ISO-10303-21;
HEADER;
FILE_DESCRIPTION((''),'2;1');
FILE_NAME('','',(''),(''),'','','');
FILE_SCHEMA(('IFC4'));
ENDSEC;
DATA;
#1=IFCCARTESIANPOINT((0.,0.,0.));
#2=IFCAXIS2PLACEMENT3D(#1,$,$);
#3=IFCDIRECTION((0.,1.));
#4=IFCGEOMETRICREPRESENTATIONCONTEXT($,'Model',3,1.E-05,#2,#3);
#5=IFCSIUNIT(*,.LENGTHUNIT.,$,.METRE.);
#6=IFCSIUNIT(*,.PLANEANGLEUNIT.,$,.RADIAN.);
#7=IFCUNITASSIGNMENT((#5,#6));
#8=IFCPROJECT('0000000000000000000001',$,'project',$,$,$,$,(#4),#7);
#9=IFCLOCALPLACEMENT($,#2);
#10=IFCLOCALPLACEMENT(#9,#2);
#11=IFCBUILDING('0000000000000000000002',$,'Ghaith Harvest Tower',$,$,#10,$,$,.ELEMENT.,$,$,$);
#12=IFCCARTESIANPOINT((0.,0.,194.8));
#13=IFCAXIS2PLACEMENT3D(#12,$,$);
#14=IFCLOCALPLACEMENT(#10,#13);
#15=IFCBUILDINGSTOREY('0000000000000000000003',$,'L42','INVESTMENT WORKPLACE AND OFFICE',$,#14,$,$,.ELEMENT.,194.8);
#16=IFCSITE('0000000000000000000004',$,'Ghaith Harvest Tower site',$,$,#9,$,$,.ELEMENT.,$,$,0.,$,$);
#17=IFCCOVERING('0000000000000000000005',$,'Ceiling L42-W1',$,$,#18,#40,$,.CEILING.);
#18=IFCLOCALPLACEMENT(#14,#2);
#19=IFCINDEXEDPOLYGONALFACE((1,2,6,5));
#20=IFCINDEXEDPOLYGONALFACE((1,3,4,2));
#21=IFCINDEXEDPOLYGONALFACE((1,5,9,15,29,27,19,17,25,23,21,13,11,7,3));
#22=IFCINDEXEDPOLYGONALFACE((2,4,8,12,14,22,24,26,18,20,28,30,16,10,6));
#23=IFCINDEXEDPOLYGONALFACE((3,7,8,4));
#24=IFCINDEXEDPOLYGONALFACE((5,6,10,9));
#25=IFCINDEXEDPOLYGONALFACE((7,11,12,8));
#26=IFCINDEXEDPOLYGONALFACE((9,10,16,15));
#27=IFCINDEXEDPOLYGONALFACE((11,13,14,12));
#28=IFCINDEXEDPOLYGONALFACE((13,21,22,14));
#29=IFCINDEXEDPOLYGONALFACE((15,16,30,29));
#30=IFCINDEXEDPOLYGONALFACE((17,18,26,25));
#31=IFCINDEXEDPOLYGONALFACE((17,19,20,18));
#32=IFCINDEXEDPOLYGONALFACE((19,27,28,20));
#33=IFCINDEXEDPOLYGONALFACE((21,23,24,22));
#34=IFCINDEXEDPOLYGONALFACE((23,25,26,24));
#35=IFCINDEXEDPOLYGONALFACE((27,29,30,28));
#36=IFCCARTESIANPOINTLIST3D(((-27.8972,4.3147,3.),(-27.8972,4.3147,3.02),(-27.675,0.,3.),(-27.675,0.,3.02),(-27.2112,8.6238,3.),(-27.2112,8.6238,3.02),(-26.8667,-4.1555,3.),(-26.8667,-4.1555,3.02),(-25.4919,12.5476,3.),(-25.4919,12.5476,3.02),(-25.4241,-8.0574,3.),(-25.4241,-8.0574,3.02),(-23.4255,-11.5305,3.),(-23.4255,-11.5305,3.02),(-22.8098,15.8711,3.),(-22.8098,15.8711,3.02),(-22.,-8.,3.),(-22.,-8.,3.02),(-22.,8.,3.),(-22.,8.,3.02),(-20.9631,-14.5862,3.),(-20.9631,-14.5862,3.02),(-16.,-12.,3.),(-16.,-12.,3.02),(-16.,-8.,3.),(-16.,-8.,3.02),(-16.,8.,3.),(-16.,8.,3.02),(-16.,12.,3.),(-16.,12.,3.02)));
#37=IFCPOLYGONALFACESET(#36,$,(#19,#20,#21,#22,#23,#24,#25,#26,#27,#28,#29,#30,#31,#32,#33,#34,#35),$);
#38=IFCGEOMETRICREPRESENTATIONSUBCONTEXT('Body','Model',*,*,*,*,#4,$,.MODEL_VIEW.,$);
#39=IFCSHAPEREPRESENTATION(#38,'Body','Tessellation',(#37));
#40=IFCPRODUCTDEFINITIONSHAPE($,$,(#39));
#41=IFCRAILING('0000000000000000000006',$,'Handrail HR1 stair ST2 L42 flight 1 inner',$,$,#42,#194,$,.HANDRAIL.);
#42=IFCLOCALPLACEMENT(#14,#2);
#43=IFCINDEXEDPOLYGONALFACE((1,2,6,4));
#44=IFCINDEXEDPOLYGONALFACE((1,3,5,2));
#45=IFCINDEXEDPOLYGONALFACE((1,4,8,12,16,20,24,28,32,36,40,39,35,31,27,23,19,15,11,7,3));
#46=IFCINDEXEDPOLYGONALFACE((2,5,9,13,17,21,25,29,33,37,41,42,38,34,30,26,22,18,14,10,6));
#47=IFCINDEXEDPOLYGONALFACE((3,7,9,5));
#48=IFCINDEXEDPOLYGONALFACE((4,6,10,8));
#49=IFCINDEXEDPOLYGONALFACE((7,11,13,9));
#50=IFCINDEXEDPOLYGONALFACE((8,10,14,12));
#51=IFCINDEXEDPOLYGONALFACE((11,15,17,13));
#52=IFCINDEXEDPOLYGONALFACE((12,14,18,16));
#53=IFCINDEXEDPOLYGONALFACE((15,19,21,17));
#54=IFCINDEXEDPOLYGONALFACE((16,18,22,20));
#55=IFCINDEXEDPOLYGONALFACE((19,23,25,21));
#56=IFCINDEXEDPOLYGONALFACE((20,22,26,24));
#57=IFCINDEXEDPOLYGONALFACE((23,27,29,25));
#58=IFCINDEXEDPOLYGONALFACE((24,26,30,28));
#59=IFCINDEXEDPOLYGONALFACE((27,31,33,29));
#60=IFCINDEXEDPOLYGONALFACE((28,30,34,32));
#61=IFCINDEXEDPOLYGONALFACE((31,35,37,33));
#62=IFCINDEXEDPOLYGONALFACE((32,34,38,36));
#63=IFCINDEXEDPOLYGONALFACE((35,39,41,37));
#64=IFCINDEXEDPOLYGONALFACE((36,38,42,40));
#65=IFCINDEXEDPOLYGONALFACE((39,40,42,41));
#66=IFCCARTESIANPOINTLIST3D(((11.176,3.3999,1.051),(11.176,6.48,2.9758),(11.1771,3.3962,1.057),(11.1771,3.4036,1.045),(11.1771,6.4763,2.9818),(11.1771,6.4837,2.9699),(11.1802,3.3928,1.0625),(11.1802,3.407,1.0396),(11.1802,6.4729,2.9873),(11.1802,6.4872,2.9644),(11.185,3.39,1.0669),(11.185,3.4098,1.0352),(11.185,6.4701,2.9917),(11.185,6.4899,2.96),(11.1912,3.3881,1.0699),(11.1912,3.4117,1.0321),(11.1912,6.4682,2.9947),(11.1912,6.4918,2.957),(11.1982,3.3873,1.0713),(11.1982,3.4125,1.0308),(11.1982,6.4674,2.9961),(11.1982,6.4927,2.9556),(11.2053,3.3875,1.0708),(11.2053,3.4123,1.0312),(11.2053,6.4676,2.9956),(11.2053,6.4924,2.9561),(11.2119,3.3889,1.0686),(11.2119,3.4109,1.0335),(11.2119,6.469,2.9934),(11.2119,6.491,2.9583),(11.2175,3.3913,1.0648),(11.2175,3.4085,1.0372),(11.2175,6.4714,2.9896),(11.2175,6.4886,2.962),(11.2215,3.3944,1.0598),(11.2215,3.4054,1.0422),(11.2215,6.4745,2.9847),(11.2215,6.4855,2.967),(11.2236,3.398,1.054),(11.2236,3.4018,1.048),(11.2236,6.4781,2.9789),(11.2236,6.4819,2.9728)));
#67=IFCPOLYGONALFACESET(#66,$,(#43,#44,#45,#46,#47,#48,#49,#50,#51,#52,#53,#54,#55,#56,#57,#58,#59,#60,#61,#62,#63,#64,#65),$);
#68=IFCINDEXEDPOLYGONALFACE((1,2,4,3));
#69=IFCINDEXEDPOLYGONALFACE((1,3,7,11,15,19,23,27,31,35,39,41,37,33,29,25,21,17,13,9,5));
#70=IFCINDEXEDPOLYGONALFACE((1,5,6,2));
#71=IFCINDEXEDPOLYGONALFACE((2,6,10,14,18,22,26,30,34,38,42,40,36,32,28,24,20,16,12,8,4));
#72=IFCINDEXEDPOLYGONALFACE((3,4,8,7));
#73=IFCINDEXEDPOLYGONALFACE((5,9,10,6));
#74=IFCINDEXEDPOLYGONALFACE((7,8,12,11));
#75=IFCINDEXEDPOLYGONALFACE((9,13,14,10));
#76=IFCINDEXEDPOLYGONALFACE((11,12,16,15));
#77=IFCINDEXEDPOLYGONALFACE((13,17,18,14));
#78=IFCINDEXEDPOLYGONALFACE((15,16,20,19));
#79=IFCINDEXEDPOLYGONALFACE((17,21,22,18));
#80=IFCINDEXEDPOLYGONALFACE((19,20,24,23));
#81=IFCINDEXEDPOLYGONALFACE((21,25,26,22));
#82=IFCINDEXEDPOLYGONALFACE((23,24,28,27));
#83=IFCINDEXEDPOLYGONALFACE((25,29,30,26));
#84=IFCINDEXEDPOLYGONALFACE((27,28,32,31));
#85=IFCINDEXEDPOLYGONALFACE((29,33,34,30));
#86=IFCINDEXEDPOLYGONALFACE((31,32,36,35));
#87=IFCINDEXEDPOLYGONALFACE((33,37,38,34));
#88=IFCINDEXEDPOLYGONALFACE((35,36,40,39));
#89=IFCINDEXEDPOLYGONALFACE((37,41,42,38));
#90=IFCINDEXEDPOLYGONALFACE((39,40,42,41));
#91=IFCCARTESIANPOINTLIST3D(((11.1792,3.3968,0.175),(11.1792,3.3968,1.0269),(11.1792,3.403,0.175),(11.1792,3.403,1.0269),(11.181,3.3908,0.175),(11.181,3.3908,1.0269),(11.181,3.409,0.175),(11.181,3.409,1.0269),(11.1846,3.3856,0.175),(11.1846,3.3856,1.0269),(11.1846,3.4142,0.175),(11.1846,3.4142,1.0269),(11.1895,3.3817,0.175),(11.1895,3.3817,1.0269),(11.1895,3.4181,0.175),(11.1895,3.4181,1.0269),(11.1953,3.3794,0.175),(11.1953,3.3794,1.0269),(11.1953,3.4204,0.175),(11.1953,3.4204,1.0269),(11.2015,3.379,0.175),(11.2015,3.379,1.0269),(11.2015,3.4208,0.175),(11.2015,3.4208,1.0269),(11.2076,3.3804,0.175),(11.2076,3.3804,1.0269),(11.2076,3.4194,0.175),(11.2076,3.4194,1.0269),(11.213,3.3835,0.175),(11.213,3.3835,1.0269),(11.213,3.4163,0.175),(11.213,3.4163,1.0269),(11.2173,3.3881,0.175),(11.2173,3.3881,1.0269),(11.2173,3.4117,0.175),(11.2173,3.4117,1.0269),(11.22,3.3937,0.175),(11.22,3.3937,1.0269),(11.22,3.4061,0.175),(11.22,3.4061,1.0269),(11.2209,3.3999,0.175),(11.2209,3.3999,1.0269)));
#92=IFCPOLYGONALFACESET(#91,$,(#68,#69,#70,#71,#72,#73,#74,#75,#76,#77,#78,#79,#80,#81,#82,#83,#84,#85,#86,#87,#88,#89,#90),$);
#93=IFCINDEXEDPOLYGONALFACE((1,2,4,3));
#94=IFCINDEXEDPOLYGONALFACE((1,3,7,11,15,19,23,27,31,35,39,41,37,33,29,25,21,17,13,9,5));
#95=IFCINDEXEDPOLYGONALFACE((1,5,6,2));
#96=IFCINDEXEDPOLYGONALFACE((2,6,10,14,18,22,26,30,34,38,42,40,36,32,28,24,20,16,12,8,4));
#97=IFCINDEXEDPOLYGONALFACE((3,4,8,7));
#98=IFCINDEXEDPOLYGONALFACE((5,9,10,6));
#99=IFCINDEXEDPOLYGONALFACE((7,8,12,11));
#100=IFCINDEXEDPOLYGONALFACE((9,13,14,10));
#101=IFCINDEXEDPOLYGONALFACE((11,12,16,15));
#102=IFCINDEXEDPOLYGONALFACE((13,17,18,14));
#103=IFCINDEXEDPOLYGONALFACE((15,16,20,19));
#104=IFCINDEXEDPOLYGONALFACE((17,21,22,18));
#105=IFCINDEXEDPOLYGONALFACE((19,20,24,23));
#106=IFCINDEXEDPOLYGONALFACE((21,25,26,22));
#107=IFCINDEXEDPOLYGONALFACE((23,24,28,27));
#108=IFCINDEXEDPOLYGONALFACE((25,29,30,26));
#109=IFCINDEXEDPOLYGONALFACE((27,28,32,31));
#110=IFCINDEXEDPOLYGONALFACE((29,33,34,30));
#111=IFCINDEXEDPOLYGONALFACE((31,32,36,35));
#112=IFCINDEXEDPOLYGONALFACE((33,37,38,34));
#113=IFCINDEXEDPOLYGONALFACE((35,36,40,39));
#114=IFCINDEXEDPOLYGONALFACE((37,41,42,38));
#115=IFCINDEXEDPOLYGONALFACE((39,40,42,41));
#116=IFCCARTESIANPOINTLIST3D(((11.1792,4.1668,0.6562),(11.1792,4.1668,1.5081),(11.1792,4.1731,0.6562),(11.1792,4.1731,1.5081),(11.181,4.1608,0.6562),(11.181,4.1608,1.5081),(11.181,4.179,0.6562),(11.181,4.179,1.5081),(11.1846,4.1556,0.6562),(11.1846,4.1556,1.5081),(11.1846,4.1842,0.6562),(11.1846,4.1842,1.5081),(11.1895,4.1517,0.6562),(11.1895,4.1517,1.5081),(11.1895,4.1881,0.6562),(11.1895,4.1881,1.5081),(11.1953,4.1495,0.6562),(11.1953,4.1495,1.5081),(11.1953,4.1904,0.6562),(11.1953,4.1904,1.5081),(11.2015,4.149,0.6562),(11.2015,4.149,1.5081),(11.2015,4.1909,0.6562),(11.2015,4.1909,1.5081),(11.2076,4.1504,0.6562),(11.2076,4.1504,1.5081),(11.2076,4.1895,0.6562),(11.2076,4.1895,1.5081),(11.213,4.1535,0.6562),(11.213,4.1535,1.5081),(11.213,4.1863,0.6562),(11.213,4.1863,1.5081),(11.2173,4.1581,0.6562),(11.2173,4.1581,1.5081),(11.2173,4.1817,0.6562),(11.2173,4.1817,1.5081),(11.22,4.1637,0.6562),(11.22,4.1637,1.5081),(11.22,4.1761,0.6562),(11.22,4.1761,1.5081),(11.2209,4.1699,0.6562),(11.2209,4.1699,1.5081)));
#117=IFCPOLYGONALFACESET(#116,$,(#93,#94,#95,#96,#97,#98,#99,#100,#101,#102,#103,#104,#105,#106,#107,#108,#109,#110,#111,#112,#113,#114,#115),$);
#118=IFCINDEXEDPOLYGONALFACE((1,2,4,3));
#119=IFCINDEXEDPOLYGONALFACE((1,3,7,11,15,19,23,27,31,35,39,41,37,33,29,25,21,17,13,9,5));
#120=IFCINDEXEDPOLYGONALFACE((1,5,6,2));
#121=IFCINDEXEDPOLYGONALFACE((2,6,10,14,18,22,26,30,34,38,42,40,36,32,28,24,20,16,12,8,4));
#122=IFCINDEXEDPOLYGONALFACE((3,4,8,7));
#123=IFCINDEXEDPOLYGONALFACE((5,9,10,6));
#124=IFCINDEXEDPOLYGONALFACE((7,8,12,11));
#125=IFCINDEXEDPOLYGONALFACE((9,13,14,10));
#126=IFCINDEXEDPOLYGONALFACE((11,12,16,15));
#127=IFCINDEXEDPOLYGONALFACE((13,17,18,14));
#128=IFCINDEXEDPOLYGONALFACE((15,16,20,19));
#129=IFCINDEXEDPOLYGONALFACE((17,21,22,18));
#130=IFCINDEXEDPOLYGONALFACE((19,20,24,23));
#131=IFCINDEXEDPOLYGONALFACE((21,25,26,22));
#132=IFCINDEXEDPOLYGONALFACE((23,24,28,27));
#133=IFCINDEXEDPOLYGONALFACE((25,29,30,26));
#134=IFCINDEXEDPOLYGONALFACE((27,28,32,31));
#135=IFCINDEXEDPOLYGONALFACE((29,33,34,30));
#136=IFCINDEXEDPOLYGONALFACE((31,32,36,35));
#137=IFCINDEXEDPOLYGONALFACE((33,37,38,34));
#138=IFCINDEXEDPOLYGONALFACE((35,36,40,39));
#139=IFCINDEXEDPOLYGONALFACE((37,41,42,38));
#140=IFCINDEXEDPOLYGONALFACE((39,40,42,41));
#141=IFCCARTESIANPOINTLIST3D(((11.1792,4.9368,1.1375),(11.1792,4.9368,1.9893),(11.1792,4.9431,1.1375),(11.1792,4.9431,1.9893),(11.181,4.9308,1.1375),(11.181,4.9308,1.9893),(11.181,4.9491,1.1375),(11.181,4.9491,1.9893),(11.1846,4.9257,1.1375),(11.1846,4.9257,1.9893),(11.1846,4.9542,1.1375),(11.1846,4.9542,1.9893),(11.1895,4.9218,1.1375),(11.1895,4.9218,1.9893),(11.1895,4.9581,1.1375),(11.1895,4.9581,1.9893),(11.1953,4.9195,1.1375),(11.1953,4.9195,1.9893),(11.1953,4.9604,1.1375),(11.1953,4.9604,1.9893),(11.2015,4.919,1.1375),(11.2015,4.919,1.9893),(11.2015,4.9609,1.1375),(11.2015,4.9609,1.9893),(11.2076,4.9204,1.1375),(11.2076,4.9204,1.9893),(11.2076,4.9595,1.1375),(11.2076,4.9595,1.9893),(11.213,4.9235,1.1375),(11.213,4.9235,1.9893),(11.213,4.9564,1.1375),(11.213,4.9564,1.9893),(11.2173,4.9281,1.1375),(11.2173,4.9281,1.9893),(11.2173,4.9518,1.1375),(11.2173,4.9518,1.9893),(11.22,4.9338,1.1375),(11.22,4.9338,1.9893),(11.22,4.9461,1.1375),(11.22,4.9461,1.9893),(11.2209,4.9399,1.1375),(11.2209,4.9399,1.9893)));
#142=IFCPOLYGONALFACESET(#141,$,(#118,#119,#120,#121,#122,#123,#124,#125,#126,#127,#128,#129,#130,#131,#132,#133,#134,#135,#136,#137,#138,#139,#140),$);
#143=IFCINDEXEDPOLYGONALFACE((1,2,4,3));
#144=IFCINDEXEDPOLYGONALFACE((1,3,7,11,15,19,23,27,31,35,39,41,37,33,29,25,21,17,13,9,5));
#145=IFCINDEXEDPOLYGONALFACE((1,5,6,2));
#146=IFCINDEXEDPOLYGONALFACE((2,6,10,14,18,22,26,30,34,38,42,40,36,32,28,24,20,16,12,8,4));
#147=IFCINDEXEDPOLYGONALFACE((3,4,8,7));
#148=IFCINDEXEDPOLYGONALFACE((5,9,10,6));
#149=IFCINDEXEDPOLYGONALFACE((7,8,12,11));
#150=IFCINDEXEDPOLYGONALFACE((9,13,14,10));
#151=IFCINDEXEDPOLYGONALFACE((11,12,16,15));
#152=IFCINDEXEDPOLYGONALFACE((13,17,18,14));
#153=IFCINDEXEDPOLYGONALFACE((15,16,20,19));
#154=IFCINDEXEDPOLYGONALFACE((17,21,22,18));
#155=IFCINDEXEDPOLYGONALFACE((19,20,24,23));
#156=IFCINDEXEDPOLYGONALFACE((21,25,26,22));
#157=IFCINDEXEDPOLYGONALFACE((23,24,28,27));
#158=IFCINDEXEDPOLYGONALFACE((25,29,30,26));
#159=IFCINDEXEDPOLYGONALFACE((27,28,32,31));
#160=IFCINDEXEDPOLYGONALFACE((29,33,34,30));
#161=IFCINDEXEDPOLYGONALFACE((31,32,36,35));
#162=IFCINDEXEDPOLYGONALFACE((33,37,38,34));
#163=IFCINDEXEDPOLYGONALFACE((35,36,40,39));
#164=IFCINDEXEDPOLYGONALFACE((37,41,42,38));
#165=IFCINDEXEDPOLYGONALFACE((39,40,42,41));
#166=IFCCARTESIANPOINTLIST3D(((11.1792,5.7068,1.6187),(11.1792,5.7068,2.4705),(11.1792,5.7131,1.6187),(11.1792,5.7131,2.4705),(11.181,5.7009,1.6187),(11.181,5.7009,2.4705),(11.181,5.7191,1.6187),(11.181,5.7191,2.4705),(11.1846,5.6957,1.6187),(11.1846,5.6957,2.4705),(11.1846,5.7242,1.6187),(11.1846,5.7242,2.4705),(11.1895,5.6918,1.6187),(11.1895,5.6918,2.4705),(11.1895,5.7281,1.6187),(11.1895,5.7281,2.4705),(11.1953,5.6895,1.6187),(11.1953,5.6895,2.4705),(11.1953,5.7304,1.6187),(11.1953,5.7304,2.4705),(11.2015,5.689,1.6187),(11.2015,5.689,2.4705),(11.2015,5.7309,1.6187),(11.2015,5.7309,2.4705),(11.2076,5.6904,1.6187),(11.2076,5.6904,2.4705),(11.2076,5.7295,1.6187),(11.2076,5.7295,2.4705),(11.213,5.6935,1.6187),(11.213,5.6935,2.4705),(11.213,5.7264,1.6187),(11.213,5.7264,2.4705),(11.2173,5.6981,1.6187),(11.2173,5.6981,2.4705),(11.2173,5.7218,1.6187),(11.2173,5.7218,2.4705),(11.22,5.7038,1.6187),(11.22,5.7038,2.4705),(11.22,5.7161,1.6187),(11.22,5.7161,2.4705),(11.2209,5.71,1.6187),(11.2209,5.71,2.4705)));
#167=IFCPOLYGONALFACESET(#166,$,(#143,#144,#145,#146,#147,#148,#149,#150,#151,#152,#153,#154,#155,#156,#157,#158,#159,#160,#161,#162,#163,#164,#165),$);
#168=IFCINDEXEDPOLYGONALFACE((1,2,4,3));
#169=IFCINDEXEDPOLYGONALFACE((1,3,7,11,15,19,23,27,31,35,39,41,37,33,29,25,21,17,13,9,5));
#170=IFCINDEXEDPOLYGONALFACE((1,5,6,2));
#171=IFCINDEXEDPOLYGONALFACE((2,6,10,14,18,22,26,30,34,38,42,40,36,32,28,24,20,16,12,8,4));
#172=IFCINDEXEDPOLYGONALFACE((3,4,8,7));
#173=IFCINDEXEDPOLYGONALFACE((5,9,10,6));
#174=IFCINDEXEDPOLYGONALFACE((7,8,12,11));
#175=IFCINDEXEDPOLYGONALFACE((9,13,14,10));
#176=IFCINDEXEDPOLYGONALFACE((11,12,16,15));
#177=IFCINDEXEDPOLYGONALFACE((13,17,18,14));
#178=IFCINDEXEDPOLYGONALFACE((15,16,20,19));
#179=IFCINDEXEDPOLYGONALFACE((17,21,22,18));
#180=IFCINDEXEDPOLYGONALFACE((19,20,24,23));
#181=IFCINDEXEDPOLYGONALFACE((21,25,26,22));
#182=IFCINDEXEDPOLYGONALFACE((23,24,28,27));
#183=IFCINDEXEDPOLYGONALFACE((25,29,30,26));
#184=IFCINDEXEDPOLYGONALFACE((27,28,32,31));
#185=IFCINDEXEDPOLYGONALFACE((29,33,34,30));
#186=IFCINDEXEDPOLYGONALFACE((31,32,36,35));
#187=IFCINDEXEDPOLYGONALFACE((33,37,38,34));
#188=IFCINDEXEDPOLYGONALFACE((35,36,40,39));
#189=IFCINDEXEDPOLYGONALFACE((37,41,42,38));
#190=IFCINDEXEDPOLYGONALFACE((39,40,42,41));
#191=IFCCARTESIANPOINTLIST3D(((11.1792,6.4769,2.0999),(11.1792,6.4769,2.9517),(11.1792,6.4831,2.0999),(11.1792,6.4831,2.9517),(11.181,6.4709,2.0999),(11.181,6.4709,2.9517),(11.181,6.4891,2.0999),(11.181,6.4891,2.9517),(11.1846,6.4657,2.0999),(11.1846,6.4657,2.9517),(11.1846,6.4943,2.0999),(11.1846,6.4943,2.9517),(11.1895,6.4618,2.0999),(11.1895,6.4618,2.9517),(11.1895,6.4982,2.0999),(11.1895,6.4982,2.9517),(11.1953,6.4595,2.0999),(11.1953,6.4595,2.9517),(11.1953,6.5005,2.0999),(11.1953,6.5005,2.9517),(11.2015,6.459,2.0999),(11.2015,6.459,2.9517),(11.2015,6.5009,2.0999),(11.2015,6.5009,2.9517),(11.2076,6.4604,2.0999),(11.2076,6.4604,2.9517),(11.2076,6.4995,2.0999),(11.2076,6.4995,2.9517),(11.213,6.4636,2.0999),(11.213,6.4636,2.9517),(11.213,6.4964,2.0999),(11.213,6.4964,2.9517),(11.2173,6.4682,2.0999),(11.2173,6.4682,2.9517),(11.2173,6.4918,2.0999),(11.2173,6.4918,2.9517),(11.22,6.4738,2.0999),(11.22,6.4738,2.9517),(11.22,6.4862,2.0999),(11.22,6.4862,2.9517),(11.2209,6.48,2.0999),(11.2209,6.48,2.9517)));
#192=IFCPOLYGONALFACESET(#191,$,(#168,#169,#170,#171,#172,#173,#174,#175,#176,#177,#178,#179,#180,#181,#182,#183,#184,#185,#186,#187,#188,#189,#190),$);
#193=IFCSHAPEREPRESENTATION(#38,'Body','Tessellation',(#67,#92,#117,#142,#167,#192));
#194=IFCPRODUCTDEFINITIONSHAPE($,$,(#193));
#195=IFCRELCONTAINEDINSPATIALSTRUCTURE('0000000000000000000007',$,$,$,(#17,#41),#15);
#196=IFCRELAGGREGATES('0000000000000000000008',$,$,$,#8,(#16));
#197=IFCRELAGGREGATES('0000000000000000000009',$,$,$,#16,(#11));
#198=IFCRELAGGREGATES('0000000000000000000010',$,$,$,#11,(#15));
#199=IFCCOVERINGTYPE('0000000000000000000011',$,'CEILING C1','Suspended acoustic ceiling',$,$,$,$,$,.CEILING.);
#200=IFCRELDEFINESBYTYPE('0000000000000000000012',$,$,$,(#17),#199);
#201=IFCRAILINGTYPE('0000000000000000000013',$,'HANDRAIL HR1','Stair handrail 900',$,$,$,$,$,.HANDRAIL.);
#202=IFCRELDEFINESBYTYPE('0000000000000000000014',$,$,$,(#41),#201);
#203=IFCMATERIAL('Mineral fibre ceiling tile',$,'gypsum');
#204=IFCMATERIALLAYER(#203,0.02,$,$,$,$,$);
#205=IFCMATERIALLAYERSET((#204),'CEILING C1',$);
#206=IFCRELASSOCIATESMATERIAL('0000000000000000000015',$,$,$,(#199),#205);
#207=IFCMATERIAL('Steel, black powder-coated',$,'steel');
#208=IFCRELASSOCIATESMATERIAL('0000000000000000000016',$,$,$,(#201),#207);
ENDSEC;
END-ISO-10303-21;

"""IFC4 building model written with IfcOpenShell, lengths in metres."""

from ifc_helpers import new_model, si_unit, direction, frame, origin, origin_2d, place, context, subcontext, project, spatial, polyline, circle, outline, extrude, material, layer, layer_set, type_object, element, save


model = new_model("IFC4")

# Units and contexts
model_context = context("Model", 3, precision=1e-05, world=origin(), true_north=direction((0.0, 1.0)))
body_context = subcontext(model_context, "Body", "Model", "MODEL_VIEW")
ifc_project = project(units=[si_unit("LENGTHUNIT", "METRE"), si_unit("PLANEANGLEUNIT", "RADIAN")], contexts=[model_context])

# Site, building, storey
site_placement = place(None, origin())
site = spatial("IfcSite", under=ifc_project, at=site_placement, Name="Ghaith Harvest Tower site", CompositionType="ELEMENT", RefElevation=0.0)
building_placement = place(site_placement, origin())
building = spatial("IfcBuilding", under=site, at=building_placement, Name="Ghaith Harvest Tower", CompositionType="ELEMENT")
storey_placement = place(building_placement, frame((0.0, 0.0, 194.8)))
storey = spatial("IfcBuildingStorey", under=building, at=storey_placement, Name="L42", Description="INVESTMENT WORKPLACE AND OFFICE", CompositionType="ELEMENT", Elevation=194.8)

# Covering
ifc_material_1 = material(Name="Mineral fibre ceiling tile", Category="gypsum")
ifc_layer_1 = layer(ifc_material_1, 0.02)
ifc_layer_set_1 = layer_set([ifc_layer_1], Name="CEILING C1")
covering_type = type_object("IfcCoveringType", Name="CEILING C1", Description="Suspended acoustic ceiling", PredefinedType="CEILING", material=ifc_layer_set_1)
covering_1_placement = place(storey_placement, frame((0.0, 0.0, 3.0)))
element("IfcCovering", 1, at=covering_1_placement, inside=storey, type_object=covering_type, Name="Ceiling L42-W1", PredefinedType="CEILING", context=body_context, shape_type="SweptSolid", body=[
    extrude(outline(polyline([(-26.8667, -4.1555), (-27.675, 0.0), (-27.8972, 4.3147), (-27.2112, 8.6238), (-25.4919, 12.5476), (-22.8098, 15.8711), (-16.0, 12.0), (-16.0, 8.0), (-22.0, 8.0), (-22.0, -8.0), (-16.0, -8.0), (-16.0, -12.0), (-20.9631, -14.5862), (-23.4255, -11.5305), (-25.4241, -8.0574), (-26.8667, -4.1555)])), origin(), (0.0, 0.0, 1.0), 0.02),
])

# Railing
ifc_material_2 = material(Name="Steel, black powder-coated", Category="steel")
railing_type = type_object("IfcRailingType", Name="HANDRAIL HR1", Description="Stair handrail 900", PredefinedType="HANDRAIL", material=ifc_material_2)
railing_1_placement = place(storey_placement, frame((11.2, 3.3999, 0.175)))
element("IfcRailing", 2, at=railing_1_placement, inside=storey, type_object=railing_type, Name="Handrail HR1 stair ST2 L42 flight 1 inner", PredefinedType="HANDRAIL", context=body_context, shape_type="SweptSolid", body=[
    extrude(circle(Radius=0.0239, at=origin_2d()), frame((0.0, 0.0, 0.876), z_axis=(0.0, 0.848029, 0.529951), x_axis=(-1.0, 0.0, 0.0)), (0.0, 0.0, 1.0), 3.6321),
    extrude(circle(Radius=0.021, at=origin_2d()), origin(), (0.0, 0.0, 1.0), 0.8518),
    extrude(circle(Radius=0.021, at=origin_2d()), frame((0.0, 0.77, 0.4812)), (0.0, 0.0, 1.0), 0.8518),
    extrude(circle(Radius=0.021, at=origin_2d()), frame((0.0, 1.54, 0.9624)), (0.0, 0.0, 1.0), 0.8518),
    extrude(circle(Radius=0.021, at=origin_2d()), frame((0.0, 2.3101, 1.4436)), (0.0, 0.0, 1.0), 0.8518),
    extrude(circle(Radius=0.021, at=origin_2d()), frame((0.0, 3.0801, 1.9248)), (0.0, 0.0, 1.0), 0.8518),
])

save(model, "model.ifc")
